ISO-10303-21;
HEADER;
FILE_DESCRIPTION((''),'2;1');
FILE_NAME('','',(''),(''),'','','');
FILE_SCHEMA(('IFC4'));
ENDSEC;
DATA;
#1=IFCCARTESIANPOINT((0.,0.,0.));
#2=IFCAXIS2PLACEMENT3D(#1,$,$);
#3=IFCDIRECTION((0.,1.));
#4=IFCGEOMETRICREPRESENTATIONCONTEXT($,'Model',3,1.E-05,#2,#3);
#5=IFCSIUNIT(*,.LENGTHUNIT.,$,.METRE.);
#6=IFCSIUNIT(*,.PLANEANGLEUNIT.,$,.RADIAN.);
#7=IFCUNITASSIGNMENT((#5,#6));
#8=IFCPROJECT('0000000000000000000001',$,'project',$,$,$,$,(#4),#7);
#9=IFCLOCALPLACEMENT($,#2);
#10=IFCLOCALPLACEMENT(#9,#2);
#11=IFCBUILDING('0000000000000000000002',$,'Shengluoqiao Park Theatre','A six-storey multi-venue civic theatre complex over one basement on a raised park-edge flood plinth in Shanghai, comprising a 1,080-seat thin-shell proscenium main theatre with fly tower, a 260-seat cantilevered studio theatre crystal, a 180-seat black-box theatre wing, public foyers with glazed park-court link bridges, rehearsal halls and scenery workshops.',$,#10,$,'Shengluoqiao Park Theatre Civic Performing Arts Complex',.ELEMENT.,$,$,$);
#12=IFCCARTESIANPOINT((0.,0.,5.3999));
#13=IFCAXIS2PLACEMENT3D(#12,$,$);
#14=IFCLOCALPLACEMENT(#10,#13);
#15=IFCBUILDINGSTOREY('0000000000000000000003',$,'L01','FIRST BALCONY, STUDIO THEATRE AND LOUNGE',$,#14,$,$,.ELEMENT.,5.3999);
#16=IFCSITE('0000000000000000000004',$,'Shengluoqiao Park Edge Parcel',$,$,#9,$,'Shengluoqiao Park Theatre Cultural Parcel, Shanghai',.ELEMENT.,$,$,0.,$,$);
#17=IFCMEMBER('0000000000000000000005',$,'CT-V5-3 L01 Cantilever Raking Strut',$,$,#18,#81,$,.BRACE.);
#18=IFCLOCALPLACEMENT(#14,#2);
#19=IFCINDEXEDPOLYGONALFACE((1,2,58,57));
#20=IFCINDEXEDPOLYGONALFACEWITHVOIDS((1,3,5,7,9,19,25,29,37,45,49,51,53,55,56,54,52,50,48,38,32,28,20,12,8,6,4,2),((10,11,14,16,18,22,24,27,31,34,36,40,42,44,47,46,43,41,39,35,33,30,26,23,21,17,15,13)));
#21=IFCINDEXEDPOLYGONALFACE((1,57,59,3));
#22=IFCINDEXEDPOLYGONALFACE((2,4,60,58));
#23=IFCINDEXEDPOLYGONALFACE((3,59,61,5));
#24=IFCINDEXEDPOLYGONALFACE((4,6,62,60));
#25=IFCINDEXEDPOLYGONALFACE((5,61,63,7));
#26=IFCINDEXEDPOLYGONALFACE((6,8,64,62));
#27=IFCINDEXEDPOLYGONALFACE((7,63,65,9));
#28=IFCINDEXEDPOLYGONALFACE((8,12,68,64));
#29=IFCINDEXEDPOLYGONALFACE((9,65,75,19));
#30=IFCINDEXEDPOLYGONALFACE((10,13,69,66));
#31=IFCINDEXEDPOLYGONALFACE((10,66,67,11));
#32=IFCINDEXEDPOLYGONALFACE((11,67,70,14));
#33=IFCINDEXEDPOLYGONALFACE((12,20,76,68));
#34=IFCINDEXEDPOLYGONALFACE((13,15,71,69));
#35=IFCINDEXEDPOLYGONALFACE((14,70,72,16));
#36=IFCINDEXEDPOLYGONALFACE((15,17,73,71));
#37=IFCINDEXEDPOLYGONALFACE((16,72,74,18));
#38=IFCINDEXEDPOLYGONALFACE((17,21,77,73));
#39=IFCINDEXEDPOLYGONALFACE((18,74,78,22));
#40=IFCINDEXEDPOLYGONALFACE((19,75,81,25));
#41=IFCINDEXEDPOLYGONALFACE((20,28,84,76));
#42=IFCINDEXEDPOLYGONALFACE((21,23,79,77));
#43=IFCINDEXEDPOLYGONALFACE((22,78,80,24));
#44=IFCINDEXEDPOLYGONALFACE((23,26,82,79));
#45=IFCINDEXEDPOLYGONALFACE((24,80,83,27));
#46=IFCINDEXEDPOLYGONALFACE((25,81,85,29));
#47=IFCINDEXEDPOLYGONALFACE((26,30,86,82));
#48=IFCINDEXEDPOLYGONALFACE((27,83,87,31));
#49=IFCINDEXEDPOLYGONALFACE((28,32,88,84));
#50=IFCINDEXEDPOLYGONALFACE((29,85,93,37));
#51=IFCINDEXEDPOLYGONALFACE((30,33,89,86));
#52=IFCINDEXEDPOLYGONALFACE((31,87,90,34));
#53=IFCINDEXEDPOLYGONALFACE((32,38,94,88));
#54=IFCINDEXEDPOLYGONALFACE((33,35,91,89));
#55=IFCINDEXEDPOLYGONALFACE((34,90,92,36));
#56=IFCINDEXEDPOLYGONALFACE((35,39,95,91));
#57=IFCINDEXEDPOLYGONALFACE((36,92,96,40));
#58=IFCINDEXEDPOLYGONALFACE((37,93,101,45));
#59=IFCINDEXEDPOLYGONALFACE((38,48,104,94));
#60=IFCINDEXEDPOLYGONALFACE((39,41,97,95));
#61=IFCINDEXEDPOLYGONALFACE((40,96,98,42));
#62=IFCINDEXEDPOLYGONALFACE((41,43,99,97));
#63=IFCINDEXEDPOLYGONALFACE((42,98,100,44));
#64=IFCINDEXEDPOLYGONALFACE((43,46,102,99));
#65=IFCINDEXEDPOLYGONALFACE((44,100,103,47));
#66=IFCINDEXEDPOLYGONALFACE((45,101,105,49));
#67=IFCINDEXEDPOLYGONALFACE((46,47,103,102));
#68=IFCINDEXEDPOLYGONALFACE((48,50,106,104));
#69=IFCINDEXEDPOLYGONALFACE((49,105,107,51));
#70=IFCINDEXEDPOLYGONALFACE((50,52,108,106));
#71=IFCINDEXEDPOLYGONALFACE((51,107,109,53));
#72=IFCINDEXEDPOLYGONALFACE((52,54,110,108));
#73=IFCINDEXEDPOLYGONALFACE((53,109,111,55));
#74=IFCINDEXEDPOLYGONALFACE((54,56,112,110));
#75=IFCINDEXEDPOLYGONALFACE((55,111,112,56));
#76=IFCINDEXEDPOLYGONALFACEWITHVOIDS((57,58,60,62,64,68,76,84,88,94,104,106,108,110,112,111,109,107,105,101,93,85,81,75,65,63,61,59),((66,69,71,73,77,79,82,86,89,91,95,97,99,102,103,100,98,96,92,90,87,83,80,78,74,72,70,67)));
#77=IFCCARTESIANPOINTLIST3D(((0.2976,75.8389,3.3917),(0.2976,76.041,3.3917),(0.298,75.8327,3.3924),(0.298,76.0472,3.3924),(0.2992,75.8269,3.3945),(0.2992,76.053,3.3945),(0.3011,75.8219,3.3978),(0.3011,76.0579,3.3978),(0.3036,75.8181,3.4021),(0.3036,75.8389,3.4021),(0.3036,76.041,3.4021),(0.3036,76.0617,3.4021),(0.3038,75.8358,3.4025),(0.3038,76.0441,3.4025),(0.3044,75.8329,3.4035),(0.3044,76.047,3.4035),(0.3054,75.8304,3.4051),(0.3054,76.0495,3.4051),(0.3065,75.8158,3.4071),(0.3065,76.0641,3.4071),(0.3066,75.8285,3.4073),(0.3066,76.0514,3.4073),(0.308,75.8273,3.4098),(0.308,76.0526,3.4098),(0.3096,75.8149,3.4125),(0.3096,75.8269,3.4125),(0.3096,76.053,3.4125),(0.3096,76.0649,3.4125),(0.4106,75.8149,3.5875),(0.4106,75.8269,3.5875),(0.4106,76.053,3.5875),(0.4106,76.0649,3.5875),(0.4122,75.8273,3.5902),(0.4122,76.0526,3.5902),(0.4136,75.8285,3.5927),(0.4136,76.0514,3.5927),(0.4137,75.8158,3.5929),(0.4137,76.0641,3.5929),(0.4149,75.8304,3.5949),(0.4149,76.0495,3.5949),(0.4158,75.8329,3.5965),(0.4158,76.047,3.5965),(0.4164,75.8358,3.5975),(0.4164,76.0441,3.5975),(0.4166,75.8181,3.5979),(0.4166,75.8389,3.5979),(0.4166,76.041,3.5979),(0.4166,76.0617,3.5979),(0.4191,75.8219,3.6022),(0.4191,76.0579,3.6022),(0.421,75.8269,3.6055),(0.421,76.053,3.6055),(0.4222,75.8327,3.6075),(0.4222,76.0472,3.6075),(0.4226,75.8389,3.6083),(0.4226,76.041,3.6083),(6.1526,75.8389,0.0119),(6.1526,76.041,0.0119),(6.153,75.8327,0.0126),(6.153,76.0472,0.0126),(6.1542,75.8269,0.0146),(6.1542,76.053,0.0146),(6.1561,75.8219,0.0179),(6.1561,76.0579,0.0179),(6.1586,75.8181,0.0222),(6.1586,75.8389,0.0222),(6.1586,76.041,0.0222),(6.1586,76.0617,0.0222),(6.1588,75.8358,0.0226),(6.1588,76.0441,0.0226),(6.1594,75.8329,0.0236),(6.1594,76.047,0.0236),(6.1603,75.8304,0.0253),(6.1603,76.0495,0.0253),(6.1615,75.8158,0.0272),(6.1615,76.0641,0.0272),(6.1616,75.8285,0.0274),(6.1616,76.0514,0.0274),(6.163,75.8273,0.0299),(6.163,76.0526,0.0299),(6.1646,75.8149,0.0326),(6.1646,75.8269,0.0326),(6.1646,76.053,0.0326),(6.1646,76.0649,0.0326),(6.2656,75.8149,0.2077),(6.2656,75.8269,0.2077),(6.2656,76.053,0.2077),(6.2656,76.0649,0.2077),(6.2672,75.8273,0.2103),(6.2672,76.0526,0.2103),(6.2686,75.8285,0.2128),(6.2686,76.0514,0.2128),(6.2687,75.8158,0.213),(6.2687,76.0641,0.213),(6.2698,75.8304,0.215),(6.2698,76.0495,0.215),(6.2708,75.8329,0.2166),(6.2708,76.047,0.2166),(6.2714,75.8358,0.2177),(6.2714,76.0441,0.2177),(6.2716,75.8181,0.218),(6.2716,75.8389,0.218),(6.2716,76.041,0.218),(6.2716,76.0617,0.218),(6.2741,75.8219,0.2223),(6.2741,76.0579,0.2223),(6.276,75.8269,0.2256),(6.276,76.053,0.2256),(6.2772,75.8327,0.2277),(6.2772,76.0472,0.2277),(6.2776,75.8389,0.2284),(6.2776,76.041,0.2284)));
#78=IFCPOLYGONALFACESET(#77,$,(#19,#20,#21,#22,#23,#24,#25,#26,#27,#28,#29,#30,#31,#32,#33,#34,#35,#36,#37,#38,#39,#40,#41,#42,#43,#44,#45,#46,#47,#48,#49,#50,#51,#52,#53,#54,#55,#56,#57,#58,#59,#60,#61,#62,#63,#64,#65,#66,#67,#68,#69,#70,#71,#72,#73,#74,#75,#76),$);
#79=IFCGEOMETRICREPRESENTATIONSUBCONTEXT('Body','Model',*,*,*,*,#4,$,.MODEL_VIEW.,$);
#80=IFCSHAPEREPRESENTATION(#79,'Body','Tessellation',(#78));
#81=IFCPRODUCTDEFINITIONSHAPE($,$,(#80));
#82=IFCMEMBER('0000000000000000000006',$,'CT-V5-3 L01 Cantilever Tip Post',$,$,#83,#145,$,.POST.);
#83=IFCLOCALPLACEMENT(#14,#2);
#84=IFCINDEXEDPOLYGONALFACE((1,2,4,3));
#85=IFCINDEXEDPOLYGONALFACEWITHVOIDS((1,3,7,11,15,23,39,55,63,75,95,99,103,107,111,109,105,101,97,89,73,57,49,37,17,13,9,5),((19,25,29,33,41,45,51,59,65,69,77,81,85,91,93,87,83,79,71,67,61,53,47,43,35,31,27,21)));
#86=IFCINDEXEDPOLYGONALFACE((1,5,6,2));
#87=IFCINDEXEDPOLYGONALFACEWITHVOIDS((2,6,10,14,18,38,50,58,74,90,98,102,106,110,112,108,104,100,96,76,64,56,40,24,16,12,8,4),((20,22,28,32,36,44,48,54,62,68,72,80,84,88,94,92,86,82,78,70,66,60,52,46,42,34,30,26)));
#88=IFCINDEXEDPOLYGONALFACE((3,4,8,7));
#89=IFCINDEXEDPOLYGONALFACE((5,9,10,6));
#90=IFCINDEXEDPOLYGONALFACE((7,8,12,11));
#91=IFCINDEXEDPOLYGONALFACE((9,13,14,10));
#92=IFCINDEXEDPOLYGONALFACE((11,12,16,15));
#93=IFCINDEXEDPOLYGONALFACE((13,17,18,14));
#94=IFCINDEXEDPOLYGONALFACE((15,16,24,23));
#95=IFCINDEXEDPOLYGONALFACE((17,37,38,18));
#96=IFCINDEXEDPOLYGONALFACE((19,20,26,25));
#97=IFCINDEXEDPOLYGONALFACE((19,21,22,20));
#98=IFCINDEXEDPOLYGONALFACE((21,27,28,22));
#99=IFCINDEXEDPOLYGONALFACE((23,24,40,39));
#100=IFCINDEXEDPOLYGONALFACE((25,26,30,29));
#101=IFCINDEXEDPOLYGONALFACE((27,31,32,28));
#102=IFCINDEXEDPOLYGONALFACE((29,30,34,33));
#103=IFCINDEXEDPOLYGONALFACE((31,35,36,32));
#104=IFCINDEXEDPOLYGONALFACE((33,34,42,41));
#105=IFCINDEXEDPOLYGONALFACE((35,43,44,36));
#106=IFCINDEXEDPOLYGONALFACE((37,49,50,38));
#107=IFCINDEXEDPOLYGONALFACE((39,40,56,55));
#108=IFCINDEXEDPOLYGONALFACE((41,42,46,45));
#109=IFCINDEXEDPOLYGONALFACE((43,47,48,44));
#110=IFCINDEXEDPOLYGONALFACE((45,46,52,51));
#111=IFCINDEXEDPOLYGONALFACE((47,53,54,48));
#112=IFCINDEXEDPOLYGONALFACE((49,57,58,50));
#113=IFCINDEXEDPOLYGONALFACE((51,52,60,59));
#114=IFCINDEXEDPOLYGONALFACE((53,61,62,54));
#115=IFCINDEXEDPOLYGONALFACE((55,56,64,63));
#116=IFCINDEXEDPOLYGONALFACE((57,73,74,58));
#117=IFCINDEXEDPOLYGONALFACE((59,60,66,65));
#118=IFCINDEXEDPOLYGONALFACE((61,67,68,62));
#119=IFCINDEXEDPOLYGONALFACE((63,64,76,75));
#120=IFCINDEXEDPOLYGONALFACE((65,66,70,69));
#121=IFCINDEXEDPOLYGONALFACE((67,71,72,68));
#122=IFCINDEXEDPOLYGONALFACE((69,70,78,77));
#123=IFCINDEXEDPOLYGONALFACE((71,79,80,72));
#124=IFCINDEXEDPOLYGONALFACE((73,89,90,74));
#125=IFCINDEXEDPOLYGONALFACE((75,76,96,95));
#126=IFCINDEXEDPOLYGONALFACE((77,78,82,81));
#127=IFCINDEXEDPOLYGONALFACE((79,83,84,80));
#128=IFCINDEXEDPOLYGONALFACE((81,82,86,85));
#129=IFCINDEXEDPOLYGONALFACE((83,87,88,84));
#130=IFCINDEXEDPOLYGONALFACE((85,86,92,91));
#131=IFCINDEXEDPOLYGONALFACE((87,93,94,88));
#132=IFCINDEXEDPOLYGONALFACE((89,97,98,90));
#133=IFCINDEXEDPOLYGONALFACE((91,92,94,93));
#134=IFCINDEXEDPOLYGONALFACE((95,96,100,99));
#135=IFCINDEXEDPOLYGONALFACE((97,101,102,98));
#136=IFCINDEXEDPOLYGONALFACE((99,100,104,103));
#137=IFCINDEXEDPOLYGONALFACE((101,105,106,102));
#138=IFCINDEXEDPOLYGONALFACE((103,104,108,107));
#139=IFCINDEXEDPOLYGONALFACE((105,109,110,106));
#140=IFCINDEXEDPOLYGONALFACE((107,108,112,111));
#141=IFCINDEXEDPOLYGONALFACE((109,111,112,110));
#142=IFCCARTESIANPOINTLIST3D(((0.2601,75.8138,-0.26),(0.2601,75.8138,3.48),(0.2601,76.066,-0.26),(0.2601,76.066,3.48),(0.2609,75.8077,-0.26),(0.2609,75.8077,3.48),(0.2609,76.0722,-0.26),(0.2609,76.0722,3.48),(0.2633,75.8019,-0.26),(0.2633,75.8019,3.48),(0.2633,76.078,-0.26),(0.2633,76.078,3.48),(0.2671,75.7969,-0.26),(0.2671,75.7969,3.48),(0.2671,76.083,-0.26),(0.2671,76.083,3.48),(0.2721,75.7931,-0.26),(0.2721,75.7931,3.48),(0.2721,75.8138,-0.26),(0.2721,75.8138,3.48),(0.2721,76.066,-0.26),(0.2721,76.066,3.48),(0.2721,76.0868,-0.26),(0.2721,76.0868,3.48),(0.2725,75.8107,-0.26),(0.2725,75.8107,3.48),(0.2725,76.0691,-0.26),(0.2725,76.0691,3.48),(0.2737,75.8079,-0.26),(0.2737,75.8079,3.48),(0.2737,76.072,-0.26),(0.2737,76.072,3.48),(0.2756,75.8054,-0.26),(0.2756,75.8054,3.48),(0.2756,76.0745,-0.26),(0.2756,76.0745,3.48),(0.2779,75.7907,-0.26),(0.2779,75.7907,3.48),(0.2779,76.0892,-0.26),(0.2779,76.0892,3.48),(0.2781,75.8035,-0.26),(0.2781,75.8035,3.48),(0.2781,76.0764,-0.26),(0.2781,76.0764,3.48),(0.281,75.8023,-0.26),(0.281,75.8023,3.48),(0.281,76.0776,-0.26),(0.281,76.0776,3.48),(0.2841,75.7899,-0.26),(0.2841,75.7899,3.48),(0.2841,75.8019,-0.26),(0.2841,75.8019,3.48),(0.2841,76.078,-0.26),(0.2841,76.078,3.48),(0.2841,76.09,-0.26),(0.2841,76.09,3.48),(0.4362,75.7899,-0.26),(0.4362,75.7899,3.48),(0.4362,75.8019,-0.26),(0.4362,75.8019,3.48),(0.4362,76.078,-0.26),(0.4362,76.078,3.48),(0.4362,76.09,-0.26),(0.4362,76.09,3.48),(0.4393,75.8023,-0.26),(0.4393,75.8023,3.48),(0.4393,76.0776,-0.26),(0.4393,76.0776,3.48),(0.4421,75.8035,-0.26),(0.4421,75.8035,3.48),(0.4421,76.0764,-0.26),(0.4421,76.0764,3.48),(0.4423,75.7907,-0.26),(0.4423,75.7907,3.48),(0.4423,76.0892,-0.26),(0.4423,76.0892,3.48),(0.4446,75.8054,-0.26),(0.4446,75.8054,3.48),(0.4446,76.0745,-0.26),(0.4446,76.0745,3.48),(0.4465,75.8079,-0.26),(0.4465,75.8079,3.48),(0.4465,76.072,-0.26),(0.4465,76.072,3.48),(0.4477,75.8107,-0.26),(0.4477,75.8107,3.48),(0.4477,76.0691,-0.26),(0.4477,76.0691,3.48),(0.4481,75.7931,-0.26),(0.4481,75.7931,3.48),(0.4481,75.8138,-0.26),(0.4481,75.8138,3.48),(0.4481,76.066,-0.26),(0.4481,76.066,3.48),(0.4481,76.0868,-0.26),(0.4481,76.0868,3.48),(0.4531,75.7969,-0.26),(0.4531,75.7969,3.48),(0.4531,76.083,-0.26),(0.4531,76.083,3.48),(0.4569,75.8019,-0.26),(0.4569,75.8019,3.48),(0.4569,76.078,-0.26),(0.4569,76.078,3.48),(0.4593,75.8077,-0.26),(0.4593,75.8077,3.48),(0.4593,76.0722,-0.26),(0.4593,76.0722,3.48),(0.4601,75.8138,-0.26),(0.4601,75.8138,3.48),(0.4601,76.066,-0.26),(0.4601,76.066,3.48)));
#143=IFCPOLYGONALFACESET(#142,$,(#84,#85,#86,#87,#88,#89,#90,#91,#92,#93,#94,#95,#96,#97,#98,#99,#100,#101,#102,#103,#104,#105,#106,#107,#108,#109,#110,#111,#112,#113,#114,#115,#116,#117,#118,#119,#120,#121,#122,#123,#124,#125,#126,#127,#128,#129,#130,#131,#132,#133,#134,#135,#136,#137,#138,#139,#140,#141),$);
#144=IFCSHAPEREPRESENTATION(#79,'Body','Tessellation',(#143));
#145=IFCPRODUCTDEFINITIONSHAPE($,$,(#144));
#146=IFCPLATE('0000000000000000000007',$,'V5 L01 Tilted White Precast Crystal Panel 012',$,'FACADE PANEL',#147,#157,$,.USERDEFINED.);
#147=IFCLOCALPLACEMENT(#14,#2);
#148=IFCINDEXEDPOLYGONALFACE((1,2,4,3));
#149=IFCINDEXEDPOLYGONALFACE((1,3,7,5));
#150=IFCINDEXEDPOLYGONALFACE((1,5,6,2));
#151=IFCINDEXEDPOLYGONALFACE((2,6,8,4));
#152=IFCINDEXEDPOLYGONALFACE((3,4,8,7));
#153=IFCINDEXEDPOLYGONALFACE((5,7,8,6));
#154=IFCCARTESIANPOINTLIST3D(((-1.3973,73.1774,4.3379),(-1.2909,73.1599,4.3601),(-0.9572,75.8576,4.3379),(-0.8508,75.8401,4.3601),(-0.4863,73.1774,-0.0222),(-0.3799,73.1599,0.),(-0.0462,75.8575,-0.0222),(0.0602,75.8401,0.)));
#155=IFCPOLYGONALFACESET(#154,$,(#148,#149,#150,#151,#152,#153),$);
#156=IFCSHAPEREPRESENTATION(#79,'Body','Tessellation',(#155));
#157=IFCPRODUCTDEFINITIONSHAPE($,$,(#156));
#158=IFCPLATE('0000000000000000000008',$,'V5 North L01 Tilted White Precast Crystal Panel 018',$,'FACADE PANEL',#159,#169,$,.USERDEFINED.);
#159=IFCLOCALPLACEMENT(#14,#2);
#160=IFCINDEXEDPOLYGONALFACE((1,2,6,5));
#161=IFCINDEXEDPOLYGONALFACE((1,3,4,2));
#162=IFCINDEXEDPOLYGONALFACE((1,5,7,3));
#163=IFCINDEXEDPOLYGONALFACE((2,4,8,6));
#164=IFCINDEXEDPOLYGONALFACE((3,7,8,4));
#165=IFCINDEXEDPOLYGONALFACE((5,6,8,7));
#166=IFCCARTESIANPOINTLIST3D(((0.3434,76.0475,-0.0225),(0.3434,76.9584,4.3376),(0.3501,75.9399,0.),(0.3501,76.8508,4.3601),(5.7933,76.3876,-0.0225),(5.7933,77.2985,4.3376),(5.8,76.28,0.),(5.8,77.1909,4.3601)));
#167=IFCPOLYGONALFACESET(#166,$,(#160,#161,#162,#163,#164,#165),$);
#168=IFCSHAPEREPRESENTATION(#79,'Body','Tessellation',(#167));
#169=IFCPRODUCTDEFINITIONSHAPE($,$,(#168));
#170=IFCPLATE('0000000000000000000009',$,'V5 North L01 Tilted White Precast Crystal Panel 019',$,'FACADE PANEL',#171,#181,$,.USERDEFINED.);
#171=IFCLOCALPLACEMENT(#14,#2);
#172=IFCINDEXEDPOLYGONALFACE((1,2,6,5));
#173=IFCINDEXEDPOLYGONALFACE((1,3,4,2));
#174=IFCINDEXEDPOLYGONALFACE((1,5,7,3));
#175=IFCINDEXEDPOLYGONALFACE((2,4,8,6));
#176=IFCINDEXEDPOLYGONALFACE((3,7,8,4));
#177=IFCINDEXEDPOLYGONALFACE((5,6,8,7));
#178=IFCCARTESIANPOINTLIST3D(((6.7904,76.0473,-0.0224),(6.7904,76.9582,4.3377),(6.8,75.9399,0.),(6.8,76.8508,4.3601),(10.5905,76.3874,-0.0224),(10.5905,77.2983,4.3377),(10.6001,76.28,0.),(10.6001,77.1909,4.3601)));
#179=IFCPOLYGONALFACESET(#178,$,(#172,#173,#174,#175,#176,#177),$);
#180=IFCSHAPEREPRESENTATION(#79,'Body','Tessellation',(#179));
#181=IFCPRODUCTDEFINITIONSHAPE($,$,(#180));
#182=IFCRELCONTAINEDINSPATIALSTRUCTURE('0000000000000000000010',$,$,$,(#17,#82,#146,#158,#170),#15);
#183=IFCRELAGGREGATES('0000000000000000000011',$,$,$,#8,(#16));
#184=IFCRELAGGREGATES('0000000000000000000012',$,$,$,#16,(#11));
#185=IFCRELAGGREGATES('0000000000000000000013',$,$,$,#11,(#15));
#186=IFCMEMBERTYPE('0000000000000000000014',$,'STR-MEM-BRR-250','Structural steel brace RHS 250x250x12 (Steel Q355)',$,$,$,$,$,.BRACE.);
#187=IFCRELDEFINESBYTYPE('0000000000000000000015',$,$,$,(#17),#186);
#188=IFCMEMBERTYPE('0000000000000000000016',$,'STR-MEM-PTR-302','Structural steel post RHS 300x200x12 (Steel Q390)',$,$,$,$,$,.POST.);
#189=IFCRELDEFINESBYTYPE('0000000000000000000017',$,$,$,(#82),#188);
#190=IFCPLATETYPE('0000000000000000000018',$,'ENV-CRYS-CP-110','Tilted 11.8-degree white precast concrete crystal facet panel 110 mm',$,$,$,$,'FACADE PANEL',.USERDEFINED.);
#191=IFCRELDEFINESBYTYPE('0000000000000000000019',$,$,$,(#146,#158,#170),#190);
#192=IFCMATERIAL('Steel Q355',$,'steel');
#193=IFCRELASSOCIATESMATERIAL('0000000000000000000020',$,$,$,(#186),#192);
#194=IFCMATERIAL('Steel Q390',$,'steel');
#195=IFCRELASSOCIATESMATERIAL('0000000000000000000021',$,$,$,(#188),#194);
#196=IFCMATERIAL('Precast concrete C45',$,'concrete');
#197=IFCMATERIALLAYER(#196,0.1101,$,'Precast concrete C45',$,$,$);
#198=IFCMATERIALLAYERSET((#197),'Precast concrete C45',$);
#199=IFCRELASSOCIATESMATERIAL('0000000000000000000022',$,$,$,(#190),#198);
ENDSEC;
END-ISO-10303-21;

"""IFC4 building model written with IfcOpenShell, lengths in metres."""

from ifc_helpers import new_model, si_unit, direction, frame, origin, origin_2d, place, context, subcontext, project, spatial, polyline, hollow_rectangle, outline, extrude, material, layer, layer_set, material_profile, profile_set, type_object, element, save


model = new_model("IFC4")

# Units and contexts
model_context = context("Model", 3, precision=1e-05, world=origin(), true_north=direction((0.0, 1.0)))
body_context = subcontext(model_context, "Body", "Model", "MODEL_VIEW")
ifc_project = project(units=[si_unit("LENGTHUNIT", "METRE"), si_unit("PLANEANGLEUNIT", "RADIAN")], contexts=[model_context])

# Site, building, storey
site_placement = place(None, origin())
site = spatial("IfcSite", under=ifc_project, at=site_placement, Name="Shengluoqiao Park Edge Parcel", LongName="Shengluoqiao Park Theatre Cultural Parcel, Shanghai", CompositionType="ELEMENT", RefElevation=0.0)
building_placement = place(site_placement, origin())
building = spatial("IfcBuilding", under=site, at=building_placement, Name="Shengluoqiao Park Theatre", Description="A six-storey multi-venue civic theatre complex over one basement on a raised park-edge flood plinth in Shanghai, comprising a 1,080-seat thin-shell proscenium main theatre with fly tower, a 260-seat cantilevered studio theatre crystal, a 180-seat black-box theatre wing, public foyers with glazed park-court link bridges, rehearsal halls and scenery workshops.", LongName="Shengluoqiao Park Theatre Civic Performing Arts Complex", CompositionType="ELEMENT")
storey_placement = place(building_placement, frame((0.0, 0.0, 5.3999)))
storey = spatial("IfcBuildingStorey", under=building, at=storey_placement, Name="L01", Description="FIRST BALCONY, STUDIO THEATRE AND LOUNGE", CompositionType="ELEMENT", Elevation=5.3999)

# Shared definitions
ifc_material_1 = material(Name="Steel Q355", Category="steel")

# Shared definitions
ifc_material_2 = material(Name="Steel Q390", Category="steel")

# Members
ifc_material_profile_1 = material_profile(ifc_material_1, hollow_rectangle(XDim=0.25, YDim=0.25, WallThickness=0.012, InnerFilletRadius=0.012, OuterFilletRadius=0.0239, at=origin_2d()), Name="RHS 250x250x12")
ifc_profile_set_1 = profile_set([ifc_material_profile_1], Name="Steel Q355")
member_type_1 = type_object("IfcMemberType", Name="STR-MEM-BRR-250", Description="Structural steel brace RHS 250x250x12 (Steel Q355)", PredefinedType="BRACE", material=ifc_profile_set_1)
member_1_placement = place(storey_placement, frame((6.2151, 75.9399, 0.1201), z_axis=(-0.866057, 0.0, 0.499945), x_axis=(0.0, -1.0, 0.0)))
element("IfcMember", 1, at=member_1_placement, inside=storey, type_object=member_type_1, Name="CT-V5-3 L01 Cantilever Raking Strut", PredefinedType="BRACE", context=body_context, shape_type="SweptSolid", body=[
    extrude(hollow_rectangle(XDim=0.25, YDim=0.25, WallThickness=0.012, InnerFilletRadius=0.012, OuterFilletRadius=0.0239, at=origin_2d()), origin(), (0.0, 0.0, 1.0), 6.7605),
])
ifc_material_profile_2 = material_profile(ifc_material_2, hollow_rectangle(XDim=0.2, YDim=0.3, WallThickness=0.012, InnerFilletRadius=0.012, OuterFilletRadius=0.0239, at=origin_2d()), Name="RHS 300x200x12")
ifc_profile_set_2 = profile_set([ifc_material_profile_2], Name="Steel Q390")
member_type_2 = type_object("IfcMemberType", Name="STR-MEM-PTR-302", Description="Structural steel post RHS 300x200x12 (Steel Q390)", PredefinedType="POST", material=ifc_profile_set_2)
member_2_placement = place(storey_placement, frame((0.3601, 75.9399, -0.26), z_axis=(0.0, 0.0, 1.0), x_axis=(1.0, 0.0, 0.0)))
element("IfcMember", 2, at=member_2_placement, inside=storey, type_object=member_type_2, Name="CT-V5-3 L01 Cantilever Tip Post", PredefinedType="POST", context=body_context, shape_type="SweptSolid", body=[
    extrude(hollow_rectangle(XDim=0.2, YDim=0.3, WallThickness=0.012, InnerFilletRadius=0.012, OuterFilletRadius=0.0239, at=origin_2d()), origin(), (0.0, 0.0, 1.0), 3.74),
])

# Plates
ifc_material_3 = material(Name="Precast concrete C45", Category="concrete")
ifc_layer_1 = layer(ifc_material_3, 0.1101, Name="Precast concrete C45")
ifc_layer_set_1 = layer_set([ifc_layer_1], Name="Precast concrete C45")
plate_type_1 = type_object("IfcPlateType", Name="ENV-CRYS-CP-110", Description="Tilted 11.8-degree white precast concrete crystal facet panel 110 mm", ElementType="FACADE PANEL", PredefinedType="USERDEFINED", material=ifc_layer_set_1)
plate_1_placement = place(storey_placement, frame((-0.3799, 73.1599, 0.0), z_axis=(0.966458, -0.158685, 0.201934), x_axis=(0.162021, 0.986787, 0.000009)))
element("IfcPlate", 3, at=plate_1_placement, inside=storey, type_object=plate_type_1, Name="V5 L01 Tilted White Precast Crystal Panel 012", ObjectType="FACADE PANEL", PredefinedType="USERDEFINED", context=body_context, shape_type="SweptSolid", body=[
    extrude(outline(polyline([(0.0, 0.0), (2.716, 0.0), (2.5685, 4.4518), (-0.1476, 4.4518), (0.0, 0.0)])), origin(), (0.0, 0.0, -1.0), 0.1101),
])
plate_2_placement = place(storey_placement, frame((0.3501, 75.9399, 0.0), z_axis=(0.06097, -0.977046, 0.204119), x_axis=(0.998059, 0.062281, 0.0)))
element("IfcPlate", 4, at=plate_2_placement, inside=storey, type_object=plate_type_1, Name="V5 North L01 Tilted White Precast Crystal Panel 018", ObjectType="FACADE PANEL", PredefinedType="USERDEFINED", context=body_context, shape_type="SweptSolid", body=[
    extrude(outline(polyline([(0.0, 0.0), (5.4606, 0.0), (5.5173, 4.4539), (0.0567, 4.4539), (0.0, 0.0)])), origin(), (0.0, 0.0, -1.0), 0.1101),
])
plate_3_placement = place(storey_placement, frame((6.8, 75.9399, 0.0), z_axis=(0.08727, -0.975132, 0.203719), x_axis=(0.996019, 0.089139, 0.0)))
element("IfcPlate", 5, at=plate_3_placement, inside=storey, type_object=plate_type_1, Name="V5 North L01 Tilted White Precast Crystal Panel 019", ObjectType="FACADE PANEL", PredefinedType="USERDEFINED", context=body_context, shape_type="SweptSolid", body=[
    extrude(outline(polyline([(0.0, 0.0), (3.8152, 0.0), (3.8964, 4.4535), (0.0812, 4.4535), (0.0, 0.0)])), origin(), (0.0, 0.0, -1.0), 0.1101),
])

save(model, "model.ifc")
